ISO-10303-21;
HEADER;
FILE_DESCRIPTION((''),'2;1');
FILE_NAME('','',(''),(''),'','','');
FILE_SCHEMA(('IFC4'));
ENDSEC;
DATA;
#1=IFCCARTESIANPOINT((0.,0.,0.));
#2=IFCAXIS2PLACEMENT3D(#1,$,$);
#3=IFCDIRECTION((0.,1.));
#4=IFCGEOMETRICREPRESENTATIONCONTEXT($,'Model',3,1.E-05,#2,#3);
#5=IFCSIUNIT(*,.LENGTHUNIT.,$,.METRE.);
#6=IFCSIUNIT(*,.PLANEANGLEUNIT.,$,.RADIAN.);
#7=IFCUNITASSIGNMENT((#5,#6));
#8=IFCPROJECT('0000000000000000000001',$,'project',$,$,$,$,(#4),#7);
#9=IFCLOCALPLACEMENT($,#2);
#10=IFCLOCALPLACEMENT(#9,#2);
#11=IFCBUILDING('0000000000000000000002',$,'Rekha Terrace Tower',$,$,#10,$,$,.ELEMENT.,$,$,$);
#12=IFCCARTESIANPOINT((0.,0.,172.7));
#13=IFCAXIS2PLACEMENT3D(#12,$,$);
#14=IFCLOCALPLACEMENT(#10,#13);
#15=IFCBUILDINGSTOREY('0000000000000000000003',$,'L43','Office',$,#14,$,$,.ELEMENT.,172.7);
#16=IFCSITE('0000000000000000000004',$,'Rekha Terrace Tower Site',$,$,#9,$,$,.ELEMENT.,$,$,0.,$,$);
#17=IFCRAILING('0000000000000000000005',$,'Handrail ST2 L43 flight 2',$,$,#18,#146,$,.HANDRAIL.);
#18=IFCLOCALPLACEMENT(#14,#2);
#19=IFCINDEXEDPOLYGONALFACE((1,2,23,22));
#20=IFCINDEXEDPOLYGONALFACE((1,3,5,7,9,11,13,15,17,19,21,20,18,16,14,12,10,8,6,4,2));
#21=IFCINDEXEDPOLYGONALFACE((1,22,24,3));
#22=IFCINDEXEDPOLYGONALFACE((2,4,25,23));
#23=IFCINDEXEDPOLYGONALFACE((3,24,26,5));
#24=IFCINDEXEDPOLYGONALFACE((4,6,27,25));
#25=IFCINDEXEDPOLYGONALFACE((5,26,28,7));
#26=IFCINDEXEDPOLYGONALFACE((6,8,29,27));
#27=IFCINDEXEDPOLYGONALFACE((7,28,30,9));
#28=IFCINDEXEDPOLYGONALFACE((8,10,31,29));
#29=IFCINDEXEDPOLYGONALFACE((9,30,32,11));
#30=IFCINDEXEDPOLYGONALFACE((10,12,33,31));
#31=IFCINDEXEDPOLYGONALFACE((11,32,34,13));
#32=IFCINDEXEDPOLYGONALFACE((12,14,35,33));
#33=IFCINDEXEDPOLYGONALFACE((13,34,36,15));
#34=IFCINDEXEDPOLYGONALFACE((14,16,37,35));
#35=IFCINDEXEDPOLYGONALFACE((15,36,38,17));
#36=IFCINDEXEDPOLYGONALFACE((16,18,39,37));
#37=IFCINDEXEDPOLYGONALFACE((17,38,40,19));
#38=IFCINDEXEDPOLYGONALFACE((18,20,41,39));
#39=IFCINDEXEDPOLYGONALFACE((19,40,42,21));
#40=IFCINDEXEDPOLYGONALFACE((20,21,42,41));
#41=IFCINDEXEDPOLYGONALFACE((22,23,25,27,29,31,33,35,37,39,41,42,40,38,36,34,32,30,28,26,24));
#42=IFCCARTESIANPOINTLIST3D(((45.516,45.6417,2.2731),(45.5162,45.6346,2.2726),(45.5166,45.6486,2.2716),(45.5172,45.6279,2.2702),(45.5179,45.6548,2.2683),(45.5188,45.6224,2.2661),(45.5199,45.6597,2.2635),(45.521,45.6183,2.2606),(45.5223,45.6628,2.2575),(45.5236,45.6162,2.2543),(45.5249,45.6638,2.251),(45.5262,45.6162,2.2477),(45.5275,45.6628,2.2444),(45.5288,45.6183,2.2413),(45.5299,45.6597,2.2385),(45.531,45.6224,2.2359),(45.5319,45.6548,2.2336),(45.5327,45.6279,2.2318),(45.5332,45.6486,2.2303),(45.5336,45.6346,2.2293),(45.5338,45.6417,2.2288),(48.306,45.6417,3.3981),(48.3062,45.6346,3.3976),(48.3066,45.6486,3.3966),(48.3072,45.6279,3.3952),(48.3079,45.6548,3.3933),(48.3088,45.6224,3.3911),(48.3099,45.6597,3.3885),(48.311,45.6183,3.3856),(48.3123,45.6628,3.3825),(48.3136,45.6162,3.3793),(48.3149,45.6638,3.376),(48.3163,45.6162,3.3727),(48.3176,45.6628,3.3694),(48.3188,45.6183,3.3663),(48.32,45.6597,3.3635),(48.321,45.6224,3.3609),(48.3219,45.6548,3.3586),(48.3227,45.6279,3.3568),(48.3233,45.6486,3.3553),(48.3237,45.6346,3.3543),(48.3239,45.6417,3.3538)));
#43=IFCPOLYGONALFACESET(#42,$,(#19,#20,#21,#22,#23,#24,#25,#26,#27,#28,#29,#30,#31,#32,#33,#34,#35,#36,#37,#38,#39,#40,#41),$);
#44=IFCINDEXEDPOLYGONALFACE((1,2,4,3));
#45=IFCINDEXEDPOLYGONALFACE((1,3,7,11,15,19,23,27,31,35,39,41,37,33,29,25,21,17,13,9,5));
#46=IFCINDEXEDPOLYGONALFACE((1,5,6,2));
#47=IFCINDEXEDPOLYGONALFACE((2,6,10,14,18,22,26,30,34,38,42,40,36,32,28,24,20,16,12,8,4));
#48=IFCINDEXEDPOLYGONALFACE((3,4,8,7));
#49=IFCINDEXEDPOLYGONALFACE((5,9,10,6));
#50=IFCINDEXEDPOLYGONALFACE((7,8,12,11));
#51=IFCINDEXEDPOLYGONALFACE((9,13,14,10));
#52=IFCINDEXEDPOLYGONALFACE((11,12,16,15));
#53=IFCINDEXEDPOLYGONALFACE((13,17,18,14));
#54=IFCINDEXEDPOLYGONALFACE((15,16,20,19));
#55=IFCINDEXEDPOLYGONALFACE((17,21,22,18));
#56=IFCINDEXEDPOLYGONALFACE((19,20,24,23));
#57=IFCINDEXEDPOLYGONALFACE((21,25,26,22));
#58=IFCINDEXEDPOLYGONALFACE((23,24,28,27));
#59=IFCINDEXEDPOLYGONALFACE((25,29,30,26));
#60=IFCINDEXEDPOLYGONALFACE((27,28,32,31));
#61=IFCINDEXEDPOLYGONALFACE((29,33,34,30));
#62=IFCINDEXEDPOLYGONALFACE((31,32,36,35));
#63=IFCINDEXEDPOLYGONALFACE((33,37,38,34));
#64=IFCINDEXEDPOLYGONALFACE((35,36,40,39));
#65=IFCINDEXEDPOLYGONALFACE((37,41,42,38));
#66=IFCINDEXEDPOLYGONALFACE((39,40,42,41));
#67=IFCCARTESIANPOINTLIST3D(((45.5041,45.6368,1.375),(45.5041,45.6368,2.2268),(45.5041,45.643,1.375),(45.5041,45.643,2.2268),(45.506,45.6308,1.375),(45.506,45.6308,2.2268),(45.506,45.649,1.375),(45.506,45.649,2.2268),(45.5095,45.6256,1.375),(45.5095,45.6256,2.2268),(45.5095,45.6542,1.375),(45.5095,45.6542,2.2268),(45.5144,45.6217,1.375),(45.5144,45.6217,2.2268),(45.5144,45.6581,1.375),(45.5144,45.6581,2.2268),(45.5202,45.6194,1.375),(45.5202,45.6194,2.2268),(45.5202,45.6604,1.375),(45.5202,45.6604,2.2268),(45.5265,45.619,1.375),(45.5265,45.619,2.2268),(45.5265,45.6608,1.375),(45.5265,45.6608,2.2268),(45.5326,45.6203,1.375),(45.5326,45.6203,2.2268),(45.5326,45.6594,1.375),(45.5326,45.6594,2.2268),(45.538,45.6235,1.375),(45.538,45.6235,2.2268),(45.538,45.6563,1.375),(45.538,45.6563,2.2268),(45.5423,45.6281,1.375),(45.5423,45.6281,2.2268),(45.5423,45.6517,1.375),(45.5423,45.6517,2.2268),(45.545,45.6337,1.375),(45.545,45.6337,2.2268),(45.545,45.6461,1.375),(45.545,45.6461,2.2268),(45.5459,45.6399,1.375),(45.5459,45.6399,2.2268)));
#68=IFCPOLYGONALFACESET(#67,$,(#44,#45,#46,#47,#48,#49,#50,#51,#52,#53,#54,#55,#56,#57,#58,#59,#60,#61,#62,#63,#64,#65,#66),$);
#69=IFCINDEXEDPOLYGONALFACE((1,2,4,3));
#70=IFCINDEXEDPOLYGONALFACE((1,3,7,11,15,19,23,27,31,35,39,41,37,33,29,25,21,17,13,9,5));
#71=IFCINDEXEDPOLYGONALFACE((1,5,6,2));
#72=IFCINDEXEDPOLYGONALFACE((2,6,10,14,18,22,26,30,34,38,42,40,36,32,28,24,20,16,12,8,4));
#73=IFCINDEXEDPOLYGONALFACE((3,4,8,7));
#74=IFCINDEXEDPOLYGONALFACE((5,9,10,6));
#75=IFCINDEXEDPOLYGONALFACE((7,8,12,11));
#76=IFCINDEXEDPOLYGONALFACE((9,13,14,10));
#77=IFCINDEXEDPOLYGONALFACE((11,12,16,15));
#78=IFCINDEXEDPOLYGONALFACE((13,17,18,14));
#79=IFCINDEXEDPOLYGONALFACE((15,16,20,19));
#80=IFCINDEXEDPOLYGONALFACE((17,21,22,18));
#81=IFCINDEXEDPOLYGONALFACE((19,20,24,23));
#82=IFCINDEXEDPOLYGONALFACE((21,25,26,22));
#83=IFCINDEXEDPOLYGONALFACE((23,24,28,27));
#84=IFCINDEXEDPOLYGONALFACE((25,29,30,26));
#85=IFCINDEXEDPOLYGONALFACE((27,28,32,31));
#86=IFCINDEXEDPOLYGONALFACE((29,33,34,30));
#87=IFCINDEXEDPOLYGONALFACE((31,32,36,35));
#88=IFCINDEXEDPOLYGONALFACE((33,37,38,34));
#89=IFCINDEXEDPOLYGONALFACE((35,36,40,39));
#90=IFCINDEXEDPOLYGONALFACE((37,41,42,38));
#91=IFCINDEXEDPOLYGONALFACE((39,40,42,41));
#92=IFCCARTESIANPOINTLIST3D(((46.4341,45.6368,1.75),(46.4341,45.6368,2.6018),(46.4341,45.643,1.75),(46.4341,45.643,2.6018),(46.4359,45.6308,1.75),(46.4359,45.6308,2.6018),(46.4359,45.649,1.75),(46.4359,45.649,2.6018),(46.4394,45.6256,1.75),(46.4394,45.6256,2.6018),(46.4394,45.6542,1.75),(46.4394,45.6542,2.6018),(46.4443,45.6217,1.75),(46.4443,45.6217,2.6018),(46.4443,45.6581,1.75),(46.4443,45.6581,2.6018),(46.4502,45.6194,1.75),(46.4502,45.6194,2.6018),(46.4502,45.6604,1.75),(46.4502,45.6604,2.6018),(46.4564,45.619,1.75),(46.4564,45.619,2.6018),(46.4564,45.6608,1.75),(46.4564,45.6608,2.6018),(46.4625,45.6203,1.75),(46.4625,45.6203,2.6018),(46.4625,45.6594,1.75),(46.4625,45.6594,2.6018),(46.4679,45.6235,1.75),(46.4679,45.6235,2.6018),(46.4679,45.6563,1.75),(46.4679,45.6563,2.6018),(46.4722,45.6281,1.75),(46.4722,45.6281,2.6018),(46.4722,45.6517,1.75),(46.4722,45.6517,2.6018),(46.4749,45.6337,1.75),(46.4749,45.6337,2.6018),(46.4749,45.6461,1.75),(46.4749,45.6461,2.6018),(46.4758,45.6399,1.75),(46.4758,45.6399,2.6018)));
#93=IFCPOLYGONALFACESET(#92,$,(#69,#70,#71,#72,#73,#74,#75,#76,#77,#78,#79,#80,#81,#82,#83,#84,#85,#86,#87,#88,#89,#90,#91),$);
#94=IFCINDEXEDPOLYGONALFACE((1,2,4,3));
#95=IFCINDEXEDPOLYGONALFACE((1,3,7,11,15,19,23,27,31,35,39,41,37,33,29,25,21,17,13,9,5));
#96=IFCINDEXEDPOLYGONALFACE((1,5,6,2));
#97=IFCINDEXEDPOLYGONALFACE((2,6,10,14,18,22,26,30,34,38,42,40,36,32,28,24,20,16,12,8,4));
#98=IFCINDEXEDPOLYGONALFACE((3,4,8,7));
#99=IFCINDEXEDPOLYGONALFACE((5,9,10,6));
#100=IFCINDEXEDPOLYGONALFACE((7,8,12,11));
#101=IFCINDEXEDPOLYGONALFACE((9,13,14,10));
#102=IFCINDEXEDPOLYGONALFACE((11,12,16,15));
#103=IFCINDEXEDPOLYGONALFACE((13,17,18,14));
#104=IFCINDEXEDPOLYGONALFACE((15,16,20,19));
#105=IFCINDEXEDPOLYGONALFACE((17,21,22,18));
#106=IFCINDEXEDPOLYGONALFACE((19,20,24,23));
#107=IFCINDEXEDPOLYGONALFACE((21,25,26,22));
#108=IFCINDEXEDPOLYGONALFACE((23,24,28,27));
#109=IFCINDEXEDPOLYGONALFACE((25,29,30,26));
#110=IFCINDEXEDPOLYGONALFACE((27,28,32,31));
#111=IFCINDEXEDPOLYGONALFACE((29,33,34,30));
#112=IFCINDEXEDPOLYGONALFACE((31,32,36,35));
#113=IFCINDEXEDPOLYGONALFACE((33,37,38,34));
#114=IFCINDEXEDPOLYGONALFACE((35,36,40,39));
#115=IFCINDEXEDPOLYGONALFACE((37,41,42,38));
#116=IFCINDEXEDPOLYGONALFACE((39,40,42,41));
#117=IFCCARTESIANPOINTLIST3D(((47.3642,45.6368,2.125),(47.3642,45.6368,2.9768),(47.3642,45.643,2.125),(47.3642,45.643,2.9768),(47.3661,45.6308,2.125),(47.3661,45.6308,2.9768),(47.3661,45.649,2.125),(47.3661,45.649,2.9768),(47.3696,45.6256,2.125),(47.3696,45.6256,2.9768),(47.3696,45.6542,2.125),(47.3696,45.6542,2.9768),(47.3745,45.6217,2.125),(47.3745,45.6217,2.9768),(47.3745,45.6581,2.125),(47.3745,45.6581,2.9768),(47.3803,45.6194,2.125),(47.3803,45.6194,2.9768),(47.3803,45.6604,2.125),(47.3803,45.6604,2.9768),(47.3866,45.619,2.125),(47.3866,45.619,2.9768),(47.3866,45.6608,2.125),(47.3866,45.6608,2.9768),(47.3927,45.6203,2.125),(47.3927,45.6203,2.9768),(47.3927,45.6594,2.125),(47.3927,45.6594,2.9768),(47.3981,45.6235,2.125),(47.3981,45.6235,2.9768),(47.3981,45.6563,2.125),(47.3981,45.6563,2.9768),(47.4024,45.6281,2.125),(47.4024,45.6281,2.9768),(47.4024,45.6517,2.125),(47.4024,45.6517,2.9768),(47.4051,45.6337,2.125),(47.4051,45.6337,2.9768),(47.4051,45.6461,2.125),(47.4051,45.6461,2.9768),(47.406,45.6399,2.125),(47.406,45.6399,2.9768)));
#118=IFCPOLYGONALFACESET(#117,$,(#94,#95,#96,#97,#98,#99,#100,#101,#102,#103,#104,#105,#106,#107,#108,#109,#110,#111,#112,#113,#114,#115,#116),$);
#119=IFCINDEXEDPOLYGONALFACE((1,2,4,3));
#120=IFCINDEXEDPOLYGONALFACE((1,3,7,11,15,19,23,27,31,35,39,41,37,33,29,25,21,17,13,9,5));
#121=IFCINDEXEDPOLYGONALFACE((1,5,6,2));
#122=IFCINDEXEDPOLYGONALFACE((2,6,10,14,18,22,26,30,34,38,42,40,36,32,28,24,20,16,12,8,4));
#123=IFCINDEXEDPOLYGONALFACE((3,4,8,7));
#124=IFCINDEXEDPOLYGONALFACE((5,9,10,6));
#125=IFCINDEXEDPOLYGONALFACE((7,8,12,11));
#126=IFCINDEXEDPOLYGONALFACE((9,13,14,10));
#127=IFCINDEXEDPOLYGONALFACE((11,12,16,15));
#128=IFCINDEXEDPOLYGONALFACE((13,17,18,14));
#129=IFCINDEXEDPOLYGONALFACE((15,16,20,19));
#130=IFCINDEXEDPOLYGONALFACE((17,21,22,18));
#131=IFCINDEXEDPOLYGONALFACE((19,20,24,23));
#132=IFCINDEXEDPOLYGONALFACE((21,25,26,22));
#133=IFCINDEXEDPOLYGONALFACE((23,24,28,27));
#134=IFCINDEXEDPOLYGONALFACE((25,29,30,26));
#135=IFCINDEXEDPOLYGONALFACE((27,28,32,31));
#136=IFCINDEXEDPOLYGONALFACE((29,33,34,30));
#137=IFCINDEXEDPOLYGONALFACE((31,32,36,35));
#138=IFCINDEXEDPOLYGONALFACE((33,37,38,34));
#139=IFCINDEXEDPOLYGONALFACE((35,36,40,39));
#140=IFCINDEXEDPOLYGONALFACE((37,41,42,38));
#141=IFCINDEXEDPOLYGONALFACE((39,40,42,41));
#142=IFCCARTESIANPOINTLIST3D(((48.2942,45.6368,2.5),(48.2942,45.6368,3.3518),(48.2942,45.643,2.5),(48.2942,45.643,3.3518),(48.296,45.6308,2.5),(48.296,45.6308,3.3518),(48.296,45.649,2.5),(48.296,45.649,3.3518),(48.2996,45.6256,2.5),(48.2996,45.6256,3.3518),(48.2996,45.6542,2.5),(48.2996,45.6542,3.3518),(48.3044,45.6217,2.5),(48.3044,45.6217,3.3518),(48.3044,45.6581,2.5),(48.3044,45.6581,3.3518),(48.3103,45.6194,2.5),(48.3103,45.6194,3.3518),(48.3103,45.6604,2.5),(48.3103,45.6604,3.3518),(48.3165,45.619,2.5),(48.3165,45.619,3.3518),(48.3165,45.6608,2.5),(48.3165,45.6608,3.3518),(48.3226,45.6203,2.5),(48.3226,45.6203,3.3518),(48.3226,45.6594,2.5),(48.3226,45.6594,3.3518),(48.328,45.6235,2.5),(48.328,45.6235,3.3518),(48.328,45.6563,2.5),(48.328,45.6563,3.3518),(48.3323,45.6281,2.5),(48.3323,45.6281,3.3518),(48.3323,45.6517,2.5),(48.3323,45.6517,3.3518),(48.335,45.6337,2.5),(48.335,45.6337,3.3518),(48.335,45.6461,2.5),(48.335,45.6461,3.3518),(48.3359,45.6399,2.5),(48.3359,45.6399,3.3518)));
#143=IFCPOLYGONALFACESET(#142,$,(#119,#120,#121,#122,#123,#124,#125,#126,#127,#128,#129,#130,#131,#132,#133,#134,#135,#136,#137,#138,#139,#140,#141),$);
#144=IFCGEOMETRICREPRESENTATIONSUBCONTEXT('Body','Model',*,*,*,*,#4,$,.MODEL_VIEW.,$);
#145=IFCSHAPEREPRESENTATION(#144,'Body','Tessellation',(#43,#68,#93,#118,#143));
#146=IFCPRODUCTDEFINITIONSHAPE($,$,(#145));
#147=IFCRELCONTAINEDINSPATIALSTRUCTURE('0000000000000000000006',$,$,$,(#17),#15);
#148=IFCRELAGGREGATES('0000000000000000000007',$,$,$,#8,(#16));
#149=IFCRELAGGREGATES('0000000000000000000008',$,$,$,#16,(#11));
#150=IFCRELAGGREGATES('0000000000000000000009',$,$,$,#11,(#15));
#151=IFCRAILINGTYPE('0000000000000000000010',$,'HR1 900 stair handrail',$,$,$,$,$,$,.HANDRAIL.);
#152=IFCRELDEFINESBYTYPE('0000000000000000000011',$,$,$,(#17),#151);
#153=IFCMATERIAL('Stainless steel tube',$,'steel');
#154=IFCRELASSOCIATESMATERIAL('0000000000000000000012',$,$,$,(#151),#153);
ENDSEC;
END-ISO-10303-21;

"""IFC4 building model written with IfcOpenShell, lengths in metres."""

from ifc_helpers import new_model, si_unit, direction, frame, origin, origin_2d, place, context, subcontext, project, spatial, circle, extrude, material, type_object, element, save


model = new_model("IFC4")

# Units and contexts
model_context = context("Model", 3, precision=1e-05, world=origin(), true_north=direction((0.0, 1.0)))
body_context = subcontext(model_context, "Body", "Model", "MODEL_VIEW")
ifc_project = project(units=[si_unit("LENGTHUNIT", "METRE"), si_unit("PLANEANGLEUNIT", "RADIAN")], contexts=[model_context])

# Site, building, storey
site_placement = place(None, origin())
site = spatial("IfcSite", under=ifc_project, at=site_placement, Name="Rekha Terrace Tower Site", CompositionType="ELEMENT", RefElevation=0.0)
building_placement = place(site_placement, origin())
building = spatial("IfcBuilding", under=site, at=building_placement, Name="Rekha Terrace Tower", CompositionType="ELEMENT")
storey_placement = place(building_placement, frame((0.0, 0.0, 172.7)))
storey = spatial("IfcBuildingStorey", under=building, at=storey_placement, Name="L43", Description="Office", CompositionType="ELEMENT", Elevation=172.7)

# Railing
ifc_material_1 = material(Name="Stainless steel tube", Category="steel")
railing_type = type_object("IfcRailingType", Name="HR1 900 stair handrail", PredefinedType="HANDRAIL", material=ifc_material_1)
railing_placement = place(storey_placement, frame((45.5249, 45.6399, 1.375)))
element("IfcRailing", 1, at=railing_placement, inside=storey, type_object=railing_type, Name="Handrail ST2 L43 flight 2", PredefinedType="HANDRAIL", context=body_context, shape_type="SweptSolid", body=[
    extrude(circle(Radius=0.0239, at=origin_2d()), frame((0.0, 0.0, 0.876), z_axis=(0.927443, 0.0, 0.373964), x_axis=(0.0, 1.0, 0.0)), (0.0, 0.0, 1.0), 3.0083),
    extrude(circle(Radius=0.021, at=origin_2d()), origin(), (0.0, 0.0, 1.0), 0.8518),
    extrude(circle(Radius=0.021, at=origin_2d()), frame((0.9299, 0.0, 0.375)), (0.0, 0.0, 1.0), 0.8518),
    extrude(circle(Radius=0.021, at=origin_2d()), frame((1.8601, 0.0, 0.75)), (0.0, 0.0, 1.0), 0.8518),
    extrude(circle(Radius=0.021, at=origin_2d()), frame((2.79, 0.0, 1.125)), (0.0, 0.0, 1.0), 0.8518),
])

save(model, "model.ifc")
